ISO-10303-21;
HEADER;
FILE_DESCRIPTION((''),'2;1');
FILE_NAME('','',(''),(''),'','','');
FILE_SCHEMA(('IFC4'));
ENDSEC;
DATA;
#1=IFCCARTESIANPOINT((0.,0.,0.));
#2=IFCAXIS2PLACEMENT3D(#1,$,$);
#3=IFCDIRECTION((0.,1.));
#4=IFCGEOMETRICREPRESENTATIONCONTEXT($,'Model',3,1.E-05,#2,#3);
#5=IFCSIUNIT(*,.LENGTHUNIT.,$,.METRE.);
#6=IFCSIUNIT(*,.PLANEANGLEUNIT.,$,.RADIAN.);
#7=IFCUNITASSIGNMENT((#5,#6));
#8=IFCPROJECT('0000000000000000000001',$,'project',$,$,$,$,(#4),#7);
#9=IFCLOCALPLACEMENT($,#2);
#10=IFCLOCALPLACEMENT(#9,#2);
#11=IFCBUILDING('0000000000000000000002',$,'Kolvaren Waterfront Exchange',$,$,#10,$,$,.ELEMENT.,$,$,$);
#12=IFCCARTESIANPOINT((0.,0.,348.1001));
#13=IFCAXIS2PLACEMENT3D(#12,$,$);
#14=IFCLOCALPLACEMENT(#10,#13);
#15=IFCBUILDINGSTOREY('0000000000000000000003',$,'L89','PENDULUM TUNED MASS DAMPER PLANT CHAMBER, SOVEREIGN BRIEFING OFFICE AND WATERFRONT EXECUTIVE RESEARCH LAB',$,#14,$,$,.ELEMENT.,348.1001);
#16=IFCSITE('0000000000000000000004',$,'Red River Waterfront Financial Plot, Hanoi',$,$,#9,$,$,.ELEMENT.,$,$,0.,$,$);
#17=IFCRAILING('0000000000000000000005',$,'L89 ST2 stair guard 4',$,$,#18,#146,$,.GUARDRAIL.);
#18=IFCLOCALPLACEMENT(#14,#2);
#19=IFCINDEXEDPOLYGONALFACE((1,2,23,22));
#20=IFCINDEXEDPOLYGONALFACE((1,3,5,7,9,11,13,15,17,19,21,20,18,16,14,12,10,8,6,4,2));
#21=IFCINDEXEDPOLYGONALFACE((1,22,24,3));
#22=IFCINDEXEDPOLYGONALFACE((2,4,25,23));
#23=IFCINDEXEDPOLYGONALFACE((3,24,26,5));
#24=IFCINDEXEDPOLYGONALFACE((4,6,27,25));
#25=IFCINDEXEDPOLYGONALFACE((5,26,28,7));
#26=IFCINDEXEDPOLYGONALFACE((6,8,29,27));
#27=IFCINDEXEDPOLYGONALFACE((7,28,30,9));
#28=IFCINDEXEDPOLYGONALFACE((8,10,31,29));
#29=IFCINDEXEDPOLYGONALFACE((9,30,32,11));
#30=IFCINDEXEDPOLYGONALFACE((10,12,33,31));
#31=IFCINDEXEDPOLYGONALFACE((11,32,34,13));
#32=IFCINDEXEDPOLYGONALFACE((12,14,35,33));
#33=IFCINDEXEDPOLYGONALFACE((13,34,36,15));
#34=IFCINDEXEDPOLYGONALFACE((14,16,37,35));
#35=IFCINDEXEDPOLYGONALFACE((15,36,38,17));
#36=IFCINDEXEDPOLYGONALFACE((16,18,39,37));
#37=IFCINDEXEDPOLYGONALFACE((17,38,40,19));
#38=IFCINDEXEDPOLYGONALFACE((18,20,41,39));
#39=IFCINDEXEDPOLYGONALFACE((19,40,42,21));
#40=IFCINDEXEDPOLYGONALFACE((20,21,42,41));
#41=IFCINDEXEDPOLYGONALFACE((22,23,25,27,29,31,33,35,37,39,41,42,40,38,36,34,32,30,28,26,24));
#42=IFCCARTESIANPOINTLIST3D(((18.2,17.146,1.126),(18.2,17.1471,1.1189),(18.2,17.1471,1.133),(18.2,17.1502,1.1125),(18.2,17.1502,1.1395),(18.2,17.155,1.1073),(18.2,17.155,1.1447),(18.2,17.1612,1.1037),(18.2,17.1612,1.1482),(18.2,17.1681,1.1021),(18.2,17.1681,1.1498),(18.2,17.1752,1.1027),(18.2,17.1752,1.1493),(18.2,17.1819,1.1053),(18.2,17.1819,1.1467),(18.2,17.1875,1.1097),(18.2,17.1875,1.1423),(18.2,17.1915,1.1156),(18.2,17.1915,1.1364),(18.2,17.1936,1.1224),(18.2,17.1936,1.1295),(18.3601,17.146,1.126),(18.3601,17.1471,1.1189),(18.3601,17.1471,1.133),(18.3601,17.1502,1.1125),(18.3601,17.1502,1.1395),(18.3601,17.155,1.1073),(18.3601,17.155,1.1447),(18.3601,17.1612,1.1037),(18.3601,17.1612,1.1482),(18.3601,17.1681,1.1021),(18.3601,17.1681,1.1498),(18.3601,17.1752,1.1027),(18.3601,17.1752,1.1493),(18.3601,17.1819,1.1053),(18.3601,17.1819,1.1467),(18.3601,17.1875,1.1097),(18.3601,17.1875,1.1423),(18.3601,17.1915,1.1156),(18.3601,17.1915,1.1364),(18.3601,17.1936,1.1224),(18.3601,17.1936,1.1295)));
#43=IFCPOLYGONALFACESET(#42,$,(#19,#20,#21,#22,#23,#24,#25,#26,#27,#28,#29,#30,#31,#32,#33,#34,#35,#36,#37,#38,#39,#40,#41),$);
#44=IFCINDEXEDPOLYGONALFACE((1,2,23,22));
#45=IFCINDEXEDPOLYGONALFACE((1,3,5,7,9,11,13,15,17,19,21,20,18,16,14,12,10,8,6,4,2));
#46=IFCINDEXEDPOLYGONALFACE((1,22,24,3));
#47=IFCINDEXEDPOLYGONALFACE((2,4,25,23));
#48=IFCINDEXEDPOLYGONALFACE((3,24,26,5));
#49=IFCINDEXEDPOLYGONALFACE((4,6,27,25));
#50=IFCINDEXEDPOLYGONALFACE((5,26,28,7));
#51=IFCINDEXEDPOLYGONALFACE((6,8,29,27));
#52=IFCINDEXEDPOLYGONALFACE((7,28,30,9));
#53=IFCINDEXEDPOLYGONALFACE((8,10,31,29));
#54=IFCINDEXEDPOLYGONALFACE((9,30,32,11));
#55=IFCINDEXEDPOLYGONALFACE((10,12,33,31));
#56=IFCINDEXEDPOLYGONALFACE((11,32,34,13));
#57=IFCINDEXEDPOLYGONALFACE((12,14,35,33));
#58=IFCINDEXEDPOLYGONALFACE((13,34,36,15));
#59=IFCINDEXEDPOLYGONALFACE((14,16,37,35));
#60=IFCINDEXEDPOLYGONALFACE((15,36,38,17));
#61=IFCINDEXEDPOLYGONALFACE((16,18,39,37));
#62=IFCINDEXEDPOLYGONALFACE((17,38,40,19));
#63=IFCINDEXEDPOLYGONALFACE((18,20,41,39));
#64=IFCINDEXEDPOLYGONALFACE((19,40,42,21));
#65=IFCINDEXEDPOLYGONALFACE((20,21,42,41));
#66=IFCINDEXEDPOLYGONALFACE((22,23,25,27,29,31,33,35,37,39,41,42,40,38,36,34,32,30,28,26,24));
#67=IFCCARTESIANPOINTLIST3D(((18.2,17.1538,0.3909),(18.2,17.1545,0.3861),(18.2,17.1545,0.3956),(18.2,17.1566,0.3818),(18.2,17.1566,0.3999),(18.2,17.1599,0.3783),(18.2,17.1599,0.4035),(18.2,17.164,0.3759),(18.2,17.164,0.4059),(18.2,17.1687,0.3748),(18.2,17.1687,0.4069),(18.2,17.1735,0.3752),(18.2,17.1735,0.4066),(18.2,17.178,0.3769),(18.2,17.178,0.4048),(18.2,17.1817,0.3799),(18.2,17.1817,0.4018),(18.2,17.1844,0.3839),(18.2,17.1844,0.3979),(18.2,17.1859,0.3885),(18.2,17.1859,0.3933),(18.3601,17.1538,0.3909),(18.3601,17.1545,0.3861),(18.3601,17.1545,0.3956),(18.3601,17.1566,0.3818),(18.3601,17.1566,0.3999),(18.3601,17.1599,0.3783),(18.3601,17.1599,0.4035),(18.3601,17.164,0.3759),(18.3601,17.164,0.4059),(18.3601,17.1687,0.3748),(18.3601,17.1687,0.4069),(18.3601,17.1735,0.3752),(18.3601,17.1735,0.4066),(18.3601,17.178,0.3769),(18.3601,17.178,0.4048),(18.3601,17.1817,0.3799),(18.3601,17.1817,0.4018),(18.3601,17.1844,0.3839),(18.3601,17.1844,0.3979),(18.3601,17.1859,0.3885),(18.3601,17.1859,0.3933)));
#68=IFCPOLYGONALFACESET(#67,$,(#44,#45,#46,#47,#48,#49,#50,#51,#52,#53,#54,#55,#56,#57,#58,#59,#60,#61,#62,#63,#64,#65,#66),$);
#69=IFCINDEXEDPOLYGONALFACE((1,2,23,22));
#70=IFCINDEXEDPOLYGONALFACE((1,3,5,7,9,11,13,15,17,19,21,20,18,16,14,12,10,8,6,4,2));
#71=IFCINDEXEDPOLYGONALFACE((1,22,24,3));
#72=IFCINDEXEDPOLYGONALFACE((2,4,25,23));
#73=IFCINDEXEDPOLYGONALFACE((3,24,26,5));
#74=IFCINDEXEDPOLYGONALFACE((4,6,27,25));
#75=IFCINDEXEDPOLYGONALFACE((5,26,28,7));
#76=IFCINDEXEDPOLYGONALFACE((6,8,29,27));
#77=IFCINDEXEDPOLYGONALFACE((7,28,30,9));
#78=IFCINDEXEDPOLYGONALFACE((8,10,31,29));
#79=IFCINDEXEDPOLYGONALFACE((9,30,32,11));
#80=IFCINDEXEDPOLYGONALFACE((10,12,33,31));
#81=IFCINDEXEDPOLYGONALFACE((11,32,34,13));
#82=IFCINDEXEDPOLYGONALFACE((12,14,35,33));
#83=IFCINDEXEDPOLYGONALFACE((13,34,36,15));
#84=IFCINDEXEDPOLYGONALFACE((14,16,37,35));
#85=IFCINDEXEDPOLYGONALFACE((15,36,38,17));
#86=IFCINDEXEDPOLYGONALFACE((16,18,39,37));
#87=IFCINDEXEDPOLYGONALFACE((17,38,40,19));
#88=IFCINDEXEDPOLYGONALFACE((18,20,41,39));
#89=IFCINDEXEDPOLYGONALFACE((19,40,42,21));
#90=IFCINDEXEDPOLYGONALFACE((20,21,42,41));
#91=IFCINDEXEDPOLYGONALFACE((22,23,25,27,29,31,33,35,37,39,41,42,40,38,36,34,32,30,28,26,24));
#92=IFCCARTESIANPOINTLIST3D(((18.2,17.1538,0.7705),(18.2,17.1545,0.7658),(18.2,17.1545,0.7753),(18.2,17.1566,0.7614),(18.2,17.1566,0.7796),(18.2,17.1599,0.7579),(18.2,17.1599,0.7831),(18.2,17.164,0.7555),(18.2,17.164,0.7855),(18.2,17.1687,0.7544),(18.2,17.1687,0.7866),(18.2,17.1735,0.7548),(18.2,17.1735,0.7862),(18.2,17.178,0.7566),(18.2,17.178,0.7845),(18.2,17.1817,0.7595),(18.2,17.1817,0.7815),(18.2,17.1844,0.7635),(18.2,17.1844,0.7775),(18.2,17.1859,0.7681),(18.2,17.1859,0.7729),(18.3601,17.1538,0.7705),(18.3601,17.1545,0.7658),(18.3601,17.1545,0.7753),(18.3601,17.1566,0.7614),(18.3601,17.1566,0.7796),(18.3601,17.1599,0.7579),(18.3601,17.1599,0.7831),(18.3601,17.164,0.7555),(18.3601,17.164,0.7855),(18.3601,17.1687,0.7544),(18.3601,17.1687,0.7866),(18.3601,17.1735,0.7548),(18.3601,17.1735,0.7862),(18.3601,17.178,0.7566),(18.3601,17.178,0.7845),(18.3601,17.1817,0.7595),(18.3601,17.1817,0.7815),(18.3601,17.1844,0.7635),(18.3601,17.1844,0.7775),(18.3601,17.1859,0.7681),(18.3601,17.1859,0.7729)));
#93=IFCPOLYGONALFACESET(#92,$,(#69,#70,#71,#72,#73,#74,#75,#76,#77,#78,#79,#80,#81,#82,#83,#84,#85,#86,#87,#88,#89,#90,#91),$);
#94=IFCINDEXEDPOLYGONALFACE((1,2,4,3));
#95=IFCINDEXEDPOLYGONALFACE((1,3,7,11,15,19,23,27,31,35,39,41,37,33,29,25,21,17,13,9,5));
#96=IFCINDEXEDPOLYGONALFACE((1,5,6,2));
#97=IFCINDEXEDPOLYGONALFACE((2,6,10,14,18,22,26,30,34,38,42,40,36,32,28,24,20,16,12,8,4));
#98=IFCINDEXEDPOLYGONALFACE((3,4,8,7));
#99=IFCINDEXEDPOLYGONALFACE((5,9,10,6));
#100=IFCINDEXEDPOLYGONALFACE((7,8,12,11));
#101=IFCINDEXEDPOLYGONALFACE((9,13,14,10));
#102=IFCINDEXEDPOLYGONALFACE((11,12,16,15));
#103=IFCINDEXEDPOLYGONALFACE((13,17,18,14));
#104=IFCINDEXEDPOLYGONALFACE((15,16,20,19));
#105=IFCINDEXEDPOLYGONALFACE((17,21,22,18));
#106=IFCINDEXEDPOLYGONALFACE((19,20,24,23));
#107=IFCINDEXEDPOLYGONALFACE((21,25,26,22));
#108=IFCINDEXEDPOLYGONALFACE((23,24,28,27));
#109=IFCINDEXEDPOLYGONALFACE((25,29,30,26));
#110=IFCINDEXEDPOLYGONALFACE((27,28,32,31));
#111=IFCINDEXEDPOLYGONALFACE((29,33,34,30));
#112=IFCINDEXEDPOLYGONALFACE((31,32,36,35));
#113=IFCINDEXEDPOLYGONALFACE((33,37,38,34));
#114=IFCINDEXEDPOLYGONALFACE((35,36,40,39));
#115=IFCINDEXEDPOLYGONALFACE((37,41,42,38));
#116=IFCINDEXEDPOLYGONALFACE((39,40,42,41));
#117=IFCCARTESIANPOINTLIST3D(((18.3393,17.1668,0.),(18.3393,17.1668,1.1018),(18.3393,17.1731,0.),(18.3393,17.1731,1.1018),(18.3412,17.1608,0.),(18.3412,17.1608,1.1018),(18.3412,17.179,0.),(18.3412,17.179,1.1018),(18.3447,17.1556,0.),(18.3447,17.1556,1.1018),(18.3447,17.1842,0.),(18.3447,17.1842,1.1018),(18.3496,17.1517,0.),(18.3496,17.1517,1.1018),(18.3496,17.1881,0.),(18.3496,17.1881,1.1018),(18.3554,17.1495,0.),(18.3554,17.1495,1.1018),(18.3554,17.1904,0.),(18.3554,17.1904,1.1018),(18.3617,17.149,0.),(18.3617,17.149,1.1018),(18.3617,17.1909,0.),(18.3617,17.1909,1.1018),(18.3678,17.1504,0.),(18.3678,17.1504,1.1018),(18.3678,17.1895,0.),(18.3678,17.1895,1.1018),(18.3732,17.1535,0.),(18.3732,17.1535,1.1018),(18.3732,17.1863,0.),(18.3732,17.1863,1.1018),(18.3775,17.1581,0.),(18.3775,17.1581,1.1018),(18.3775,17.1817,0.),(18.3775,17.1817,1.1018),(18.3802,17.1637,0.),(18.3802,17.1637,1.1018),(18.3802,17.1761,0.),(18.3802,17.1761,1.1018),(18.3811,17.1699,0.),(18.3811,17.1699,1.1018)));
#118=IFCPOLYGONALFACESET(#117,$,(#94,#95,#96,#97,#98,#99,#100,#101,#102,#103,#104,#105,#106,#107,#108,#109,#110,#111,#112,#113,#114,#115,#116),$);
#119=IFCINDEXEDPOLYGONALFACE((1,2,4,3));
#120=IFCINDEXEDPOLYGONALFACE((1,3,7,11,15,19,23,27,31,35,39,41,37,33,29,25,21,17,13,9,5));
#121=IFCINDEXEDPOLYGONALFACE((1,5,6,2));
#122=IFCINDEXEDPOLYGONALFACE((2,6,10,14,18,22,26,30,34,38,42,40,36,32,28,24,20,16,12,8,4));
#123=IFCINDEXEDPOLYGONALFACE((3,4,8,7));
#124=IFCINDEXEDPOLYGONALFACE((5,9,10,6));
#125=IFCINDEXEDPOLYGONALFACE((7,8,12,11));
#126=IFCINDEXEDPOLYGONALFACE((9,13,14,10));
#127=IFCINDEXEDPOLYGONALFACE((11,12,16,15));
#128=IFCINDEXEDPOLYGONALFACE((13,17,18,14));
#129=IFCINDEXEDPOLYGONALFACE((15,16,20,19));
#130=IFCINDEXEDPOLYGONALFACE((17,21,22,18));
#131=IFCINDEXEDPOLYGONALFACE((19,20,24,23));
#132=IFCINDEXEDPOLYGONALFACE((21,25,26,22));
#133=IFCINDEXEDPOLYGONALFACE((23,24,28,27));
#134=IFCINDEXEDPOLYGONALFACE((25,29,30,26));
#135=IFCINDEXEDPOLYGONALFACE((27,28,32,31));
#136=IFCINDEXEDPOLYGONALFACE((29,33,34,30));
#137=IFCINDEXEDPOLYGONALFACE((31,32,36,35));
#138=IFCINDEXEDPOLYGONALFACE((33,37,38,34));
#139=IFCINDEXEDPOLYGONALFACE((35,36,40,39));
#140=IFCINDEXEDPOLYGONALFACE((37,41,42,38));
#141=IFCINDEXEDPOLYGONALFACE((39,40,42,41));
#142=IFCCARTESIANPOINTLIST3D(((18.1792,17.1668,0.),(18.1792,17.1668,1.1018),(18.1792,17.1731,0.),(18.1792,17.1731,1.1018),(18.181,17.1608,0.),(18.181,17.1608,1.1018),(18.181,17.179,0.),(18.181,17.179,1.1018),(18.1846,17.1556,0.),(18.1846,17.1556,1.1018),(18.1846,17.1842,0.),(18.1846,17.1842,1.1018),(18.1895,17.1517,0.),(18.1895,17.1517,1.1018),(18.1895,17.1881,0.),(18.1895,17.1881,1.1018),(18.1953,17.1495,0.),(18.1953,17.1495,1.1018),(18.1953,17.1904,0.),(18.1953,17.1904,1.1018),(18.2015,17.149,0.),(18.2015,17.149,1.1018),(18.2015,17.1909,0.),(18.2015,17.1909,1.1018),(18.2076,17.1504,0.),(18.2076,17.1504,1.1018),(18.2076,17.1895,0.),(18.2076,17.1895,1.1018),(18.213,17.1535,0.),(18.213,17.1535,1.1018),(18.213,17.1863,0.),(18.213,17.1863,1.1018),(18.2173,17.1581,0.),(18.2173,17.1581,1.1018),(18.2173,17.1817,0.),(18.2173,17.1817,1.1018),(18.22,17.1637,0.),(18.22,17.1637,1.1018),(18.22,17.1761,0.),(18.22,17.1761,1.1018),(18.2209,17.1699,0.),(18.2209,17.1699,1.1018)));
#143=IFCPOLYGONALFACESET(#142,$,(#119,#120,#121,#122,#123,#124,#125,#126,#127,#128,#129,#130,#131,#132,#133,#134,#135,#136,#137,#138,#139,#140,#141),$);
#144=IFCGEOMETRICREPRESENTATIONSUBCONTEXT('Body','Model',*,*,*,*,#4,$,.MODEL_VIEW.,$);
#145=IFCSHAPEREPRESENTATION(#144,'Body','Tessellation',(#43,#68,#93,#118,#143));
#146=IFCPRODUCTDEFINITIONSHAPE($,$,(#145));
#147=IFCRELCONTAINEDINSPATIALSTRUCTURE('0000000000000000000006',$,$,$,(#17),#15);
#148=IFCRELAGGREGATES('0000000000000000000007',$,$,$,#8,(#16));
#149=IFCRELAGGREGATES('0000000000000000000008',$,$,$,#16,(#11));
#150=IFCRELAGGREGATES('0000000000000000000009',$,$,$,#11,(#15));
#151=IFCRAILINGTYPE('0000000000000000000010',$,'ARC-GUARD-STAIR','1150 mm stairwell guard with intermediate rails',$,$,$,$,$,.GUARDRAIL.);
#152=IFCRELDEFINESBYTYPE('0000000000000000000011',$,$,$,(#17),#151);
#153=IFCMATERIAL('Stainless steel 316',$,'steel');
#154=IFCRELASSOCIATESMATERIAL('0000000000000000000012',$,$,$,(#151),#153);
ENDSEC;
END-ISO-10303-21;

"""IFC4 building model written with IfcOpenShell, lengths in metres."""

from ifc_helpers import new_model, si_unit, direction, frame, origin, origin_2d, place, context, subcontext, project, spatial, circle, extrude, material, type_object, element, save


model = new_model("IFC4")

# Units and contexts
model_context = context("Model", 3, precision=1e-05, world=origin(), true_north=direction((0.0, 1.0)))
body_context = subcontext(model_context, "Body", "Model", "MODEL_VIEW")
ifc_project = project(units=[si_unit("LENGTHUNIT", "METRE"), si_unit("PLANEANGLEUNIT", "RADIAN")], contexts=[model_context])

# Site, building, storey
site_placement = place(None, origin())
site = spatial("IfcSite", under=ifc_project, at=site_placement, Name="Red River Waterfront Financial Plot, Hanoi", CompositionType="ELEMENT", RefElevation=0.0)
building_placement = place(site_placement, origin())
building = spatial("IfcBuilding", under=site, at=building_placement, Name="Kolvaren Waterfront Exchange", CompositionType="ELEMENT")
storey_placement = place(building_placement, frame((0.0, 0.0, 348.1001)))
storey = spatial("IfcBuildingStorey", under=building, at=storey_placement, Name="L89", Description="PENDULUM TUNED MASS DAMPER PLANT CHAMBER, SOVEREIGN BRIEFING OFFICE AND WATERFRONT EXECUTIVE RESEARCH LAB", CompositionType="ELEMENT", Elevation=348.1001)

# Railing
ifc_material_1 = material(Name="Stainless steel 316", Category="steel")
railing_type_1 = type_object("IfcRailingType", Name="ARC-GUARD-STAIR", Description="1150 mm stairwell guard with intermediate rails", PredefinedType="GUARDRAIL", material=ifc_material_1)
railing_1_placement = place(storey_placement, frame((18.3601, 17.1699, 0.0)))
element("IfcRailing", 1, at=railing_1_placement, inside=storey, type_object=railing_type_1, Name="L89 ST2 stair guard 4", PredefinedType="GUARDRAIL", context=body_context, shape_type="SweptSolid", body=[
    extrude(circle(Radius=0.0239, at=origin_2d()), frame((0.0, 0.0, 1.126), z_axis=(-1.0, 0.0, 0.0), x_axis=(0.0, -1.0, 0.0)), (0.0, 0.0, 1.0), 0.1602),
    extrude(circle(Radius=0.0161, at=origin_2d()), frame((0.0, 0.0, 0.3909), z_axis=(-1.0, 0.0, 0.0), x_axis=(0.0, -1.0, 0.0)), (0.0, 0.0, 1.0), 0.1602),
    extrude(circle(Radius=0.0161, at=origin_2d()), frame((0.0, 0.0, 0.7705), z_axis=(-1.0, 0.0, 0.0), x_axis=(0.0, -1.0, 0.0)), (0.0, 0.0, 1.0), 0.1602),
    extrude(circle(Radius=0.021, at=origin_2d()), origin(), (0.0, 0.0, 1.0), 1.1018),
    extrude(circle(Radius=0.021, at=origin_2d()), frame((-0.1602, 0.0, 0.0)), (0.0, 0.0, 1.0), 1.1018),
])

save(model, "model.ifc")
